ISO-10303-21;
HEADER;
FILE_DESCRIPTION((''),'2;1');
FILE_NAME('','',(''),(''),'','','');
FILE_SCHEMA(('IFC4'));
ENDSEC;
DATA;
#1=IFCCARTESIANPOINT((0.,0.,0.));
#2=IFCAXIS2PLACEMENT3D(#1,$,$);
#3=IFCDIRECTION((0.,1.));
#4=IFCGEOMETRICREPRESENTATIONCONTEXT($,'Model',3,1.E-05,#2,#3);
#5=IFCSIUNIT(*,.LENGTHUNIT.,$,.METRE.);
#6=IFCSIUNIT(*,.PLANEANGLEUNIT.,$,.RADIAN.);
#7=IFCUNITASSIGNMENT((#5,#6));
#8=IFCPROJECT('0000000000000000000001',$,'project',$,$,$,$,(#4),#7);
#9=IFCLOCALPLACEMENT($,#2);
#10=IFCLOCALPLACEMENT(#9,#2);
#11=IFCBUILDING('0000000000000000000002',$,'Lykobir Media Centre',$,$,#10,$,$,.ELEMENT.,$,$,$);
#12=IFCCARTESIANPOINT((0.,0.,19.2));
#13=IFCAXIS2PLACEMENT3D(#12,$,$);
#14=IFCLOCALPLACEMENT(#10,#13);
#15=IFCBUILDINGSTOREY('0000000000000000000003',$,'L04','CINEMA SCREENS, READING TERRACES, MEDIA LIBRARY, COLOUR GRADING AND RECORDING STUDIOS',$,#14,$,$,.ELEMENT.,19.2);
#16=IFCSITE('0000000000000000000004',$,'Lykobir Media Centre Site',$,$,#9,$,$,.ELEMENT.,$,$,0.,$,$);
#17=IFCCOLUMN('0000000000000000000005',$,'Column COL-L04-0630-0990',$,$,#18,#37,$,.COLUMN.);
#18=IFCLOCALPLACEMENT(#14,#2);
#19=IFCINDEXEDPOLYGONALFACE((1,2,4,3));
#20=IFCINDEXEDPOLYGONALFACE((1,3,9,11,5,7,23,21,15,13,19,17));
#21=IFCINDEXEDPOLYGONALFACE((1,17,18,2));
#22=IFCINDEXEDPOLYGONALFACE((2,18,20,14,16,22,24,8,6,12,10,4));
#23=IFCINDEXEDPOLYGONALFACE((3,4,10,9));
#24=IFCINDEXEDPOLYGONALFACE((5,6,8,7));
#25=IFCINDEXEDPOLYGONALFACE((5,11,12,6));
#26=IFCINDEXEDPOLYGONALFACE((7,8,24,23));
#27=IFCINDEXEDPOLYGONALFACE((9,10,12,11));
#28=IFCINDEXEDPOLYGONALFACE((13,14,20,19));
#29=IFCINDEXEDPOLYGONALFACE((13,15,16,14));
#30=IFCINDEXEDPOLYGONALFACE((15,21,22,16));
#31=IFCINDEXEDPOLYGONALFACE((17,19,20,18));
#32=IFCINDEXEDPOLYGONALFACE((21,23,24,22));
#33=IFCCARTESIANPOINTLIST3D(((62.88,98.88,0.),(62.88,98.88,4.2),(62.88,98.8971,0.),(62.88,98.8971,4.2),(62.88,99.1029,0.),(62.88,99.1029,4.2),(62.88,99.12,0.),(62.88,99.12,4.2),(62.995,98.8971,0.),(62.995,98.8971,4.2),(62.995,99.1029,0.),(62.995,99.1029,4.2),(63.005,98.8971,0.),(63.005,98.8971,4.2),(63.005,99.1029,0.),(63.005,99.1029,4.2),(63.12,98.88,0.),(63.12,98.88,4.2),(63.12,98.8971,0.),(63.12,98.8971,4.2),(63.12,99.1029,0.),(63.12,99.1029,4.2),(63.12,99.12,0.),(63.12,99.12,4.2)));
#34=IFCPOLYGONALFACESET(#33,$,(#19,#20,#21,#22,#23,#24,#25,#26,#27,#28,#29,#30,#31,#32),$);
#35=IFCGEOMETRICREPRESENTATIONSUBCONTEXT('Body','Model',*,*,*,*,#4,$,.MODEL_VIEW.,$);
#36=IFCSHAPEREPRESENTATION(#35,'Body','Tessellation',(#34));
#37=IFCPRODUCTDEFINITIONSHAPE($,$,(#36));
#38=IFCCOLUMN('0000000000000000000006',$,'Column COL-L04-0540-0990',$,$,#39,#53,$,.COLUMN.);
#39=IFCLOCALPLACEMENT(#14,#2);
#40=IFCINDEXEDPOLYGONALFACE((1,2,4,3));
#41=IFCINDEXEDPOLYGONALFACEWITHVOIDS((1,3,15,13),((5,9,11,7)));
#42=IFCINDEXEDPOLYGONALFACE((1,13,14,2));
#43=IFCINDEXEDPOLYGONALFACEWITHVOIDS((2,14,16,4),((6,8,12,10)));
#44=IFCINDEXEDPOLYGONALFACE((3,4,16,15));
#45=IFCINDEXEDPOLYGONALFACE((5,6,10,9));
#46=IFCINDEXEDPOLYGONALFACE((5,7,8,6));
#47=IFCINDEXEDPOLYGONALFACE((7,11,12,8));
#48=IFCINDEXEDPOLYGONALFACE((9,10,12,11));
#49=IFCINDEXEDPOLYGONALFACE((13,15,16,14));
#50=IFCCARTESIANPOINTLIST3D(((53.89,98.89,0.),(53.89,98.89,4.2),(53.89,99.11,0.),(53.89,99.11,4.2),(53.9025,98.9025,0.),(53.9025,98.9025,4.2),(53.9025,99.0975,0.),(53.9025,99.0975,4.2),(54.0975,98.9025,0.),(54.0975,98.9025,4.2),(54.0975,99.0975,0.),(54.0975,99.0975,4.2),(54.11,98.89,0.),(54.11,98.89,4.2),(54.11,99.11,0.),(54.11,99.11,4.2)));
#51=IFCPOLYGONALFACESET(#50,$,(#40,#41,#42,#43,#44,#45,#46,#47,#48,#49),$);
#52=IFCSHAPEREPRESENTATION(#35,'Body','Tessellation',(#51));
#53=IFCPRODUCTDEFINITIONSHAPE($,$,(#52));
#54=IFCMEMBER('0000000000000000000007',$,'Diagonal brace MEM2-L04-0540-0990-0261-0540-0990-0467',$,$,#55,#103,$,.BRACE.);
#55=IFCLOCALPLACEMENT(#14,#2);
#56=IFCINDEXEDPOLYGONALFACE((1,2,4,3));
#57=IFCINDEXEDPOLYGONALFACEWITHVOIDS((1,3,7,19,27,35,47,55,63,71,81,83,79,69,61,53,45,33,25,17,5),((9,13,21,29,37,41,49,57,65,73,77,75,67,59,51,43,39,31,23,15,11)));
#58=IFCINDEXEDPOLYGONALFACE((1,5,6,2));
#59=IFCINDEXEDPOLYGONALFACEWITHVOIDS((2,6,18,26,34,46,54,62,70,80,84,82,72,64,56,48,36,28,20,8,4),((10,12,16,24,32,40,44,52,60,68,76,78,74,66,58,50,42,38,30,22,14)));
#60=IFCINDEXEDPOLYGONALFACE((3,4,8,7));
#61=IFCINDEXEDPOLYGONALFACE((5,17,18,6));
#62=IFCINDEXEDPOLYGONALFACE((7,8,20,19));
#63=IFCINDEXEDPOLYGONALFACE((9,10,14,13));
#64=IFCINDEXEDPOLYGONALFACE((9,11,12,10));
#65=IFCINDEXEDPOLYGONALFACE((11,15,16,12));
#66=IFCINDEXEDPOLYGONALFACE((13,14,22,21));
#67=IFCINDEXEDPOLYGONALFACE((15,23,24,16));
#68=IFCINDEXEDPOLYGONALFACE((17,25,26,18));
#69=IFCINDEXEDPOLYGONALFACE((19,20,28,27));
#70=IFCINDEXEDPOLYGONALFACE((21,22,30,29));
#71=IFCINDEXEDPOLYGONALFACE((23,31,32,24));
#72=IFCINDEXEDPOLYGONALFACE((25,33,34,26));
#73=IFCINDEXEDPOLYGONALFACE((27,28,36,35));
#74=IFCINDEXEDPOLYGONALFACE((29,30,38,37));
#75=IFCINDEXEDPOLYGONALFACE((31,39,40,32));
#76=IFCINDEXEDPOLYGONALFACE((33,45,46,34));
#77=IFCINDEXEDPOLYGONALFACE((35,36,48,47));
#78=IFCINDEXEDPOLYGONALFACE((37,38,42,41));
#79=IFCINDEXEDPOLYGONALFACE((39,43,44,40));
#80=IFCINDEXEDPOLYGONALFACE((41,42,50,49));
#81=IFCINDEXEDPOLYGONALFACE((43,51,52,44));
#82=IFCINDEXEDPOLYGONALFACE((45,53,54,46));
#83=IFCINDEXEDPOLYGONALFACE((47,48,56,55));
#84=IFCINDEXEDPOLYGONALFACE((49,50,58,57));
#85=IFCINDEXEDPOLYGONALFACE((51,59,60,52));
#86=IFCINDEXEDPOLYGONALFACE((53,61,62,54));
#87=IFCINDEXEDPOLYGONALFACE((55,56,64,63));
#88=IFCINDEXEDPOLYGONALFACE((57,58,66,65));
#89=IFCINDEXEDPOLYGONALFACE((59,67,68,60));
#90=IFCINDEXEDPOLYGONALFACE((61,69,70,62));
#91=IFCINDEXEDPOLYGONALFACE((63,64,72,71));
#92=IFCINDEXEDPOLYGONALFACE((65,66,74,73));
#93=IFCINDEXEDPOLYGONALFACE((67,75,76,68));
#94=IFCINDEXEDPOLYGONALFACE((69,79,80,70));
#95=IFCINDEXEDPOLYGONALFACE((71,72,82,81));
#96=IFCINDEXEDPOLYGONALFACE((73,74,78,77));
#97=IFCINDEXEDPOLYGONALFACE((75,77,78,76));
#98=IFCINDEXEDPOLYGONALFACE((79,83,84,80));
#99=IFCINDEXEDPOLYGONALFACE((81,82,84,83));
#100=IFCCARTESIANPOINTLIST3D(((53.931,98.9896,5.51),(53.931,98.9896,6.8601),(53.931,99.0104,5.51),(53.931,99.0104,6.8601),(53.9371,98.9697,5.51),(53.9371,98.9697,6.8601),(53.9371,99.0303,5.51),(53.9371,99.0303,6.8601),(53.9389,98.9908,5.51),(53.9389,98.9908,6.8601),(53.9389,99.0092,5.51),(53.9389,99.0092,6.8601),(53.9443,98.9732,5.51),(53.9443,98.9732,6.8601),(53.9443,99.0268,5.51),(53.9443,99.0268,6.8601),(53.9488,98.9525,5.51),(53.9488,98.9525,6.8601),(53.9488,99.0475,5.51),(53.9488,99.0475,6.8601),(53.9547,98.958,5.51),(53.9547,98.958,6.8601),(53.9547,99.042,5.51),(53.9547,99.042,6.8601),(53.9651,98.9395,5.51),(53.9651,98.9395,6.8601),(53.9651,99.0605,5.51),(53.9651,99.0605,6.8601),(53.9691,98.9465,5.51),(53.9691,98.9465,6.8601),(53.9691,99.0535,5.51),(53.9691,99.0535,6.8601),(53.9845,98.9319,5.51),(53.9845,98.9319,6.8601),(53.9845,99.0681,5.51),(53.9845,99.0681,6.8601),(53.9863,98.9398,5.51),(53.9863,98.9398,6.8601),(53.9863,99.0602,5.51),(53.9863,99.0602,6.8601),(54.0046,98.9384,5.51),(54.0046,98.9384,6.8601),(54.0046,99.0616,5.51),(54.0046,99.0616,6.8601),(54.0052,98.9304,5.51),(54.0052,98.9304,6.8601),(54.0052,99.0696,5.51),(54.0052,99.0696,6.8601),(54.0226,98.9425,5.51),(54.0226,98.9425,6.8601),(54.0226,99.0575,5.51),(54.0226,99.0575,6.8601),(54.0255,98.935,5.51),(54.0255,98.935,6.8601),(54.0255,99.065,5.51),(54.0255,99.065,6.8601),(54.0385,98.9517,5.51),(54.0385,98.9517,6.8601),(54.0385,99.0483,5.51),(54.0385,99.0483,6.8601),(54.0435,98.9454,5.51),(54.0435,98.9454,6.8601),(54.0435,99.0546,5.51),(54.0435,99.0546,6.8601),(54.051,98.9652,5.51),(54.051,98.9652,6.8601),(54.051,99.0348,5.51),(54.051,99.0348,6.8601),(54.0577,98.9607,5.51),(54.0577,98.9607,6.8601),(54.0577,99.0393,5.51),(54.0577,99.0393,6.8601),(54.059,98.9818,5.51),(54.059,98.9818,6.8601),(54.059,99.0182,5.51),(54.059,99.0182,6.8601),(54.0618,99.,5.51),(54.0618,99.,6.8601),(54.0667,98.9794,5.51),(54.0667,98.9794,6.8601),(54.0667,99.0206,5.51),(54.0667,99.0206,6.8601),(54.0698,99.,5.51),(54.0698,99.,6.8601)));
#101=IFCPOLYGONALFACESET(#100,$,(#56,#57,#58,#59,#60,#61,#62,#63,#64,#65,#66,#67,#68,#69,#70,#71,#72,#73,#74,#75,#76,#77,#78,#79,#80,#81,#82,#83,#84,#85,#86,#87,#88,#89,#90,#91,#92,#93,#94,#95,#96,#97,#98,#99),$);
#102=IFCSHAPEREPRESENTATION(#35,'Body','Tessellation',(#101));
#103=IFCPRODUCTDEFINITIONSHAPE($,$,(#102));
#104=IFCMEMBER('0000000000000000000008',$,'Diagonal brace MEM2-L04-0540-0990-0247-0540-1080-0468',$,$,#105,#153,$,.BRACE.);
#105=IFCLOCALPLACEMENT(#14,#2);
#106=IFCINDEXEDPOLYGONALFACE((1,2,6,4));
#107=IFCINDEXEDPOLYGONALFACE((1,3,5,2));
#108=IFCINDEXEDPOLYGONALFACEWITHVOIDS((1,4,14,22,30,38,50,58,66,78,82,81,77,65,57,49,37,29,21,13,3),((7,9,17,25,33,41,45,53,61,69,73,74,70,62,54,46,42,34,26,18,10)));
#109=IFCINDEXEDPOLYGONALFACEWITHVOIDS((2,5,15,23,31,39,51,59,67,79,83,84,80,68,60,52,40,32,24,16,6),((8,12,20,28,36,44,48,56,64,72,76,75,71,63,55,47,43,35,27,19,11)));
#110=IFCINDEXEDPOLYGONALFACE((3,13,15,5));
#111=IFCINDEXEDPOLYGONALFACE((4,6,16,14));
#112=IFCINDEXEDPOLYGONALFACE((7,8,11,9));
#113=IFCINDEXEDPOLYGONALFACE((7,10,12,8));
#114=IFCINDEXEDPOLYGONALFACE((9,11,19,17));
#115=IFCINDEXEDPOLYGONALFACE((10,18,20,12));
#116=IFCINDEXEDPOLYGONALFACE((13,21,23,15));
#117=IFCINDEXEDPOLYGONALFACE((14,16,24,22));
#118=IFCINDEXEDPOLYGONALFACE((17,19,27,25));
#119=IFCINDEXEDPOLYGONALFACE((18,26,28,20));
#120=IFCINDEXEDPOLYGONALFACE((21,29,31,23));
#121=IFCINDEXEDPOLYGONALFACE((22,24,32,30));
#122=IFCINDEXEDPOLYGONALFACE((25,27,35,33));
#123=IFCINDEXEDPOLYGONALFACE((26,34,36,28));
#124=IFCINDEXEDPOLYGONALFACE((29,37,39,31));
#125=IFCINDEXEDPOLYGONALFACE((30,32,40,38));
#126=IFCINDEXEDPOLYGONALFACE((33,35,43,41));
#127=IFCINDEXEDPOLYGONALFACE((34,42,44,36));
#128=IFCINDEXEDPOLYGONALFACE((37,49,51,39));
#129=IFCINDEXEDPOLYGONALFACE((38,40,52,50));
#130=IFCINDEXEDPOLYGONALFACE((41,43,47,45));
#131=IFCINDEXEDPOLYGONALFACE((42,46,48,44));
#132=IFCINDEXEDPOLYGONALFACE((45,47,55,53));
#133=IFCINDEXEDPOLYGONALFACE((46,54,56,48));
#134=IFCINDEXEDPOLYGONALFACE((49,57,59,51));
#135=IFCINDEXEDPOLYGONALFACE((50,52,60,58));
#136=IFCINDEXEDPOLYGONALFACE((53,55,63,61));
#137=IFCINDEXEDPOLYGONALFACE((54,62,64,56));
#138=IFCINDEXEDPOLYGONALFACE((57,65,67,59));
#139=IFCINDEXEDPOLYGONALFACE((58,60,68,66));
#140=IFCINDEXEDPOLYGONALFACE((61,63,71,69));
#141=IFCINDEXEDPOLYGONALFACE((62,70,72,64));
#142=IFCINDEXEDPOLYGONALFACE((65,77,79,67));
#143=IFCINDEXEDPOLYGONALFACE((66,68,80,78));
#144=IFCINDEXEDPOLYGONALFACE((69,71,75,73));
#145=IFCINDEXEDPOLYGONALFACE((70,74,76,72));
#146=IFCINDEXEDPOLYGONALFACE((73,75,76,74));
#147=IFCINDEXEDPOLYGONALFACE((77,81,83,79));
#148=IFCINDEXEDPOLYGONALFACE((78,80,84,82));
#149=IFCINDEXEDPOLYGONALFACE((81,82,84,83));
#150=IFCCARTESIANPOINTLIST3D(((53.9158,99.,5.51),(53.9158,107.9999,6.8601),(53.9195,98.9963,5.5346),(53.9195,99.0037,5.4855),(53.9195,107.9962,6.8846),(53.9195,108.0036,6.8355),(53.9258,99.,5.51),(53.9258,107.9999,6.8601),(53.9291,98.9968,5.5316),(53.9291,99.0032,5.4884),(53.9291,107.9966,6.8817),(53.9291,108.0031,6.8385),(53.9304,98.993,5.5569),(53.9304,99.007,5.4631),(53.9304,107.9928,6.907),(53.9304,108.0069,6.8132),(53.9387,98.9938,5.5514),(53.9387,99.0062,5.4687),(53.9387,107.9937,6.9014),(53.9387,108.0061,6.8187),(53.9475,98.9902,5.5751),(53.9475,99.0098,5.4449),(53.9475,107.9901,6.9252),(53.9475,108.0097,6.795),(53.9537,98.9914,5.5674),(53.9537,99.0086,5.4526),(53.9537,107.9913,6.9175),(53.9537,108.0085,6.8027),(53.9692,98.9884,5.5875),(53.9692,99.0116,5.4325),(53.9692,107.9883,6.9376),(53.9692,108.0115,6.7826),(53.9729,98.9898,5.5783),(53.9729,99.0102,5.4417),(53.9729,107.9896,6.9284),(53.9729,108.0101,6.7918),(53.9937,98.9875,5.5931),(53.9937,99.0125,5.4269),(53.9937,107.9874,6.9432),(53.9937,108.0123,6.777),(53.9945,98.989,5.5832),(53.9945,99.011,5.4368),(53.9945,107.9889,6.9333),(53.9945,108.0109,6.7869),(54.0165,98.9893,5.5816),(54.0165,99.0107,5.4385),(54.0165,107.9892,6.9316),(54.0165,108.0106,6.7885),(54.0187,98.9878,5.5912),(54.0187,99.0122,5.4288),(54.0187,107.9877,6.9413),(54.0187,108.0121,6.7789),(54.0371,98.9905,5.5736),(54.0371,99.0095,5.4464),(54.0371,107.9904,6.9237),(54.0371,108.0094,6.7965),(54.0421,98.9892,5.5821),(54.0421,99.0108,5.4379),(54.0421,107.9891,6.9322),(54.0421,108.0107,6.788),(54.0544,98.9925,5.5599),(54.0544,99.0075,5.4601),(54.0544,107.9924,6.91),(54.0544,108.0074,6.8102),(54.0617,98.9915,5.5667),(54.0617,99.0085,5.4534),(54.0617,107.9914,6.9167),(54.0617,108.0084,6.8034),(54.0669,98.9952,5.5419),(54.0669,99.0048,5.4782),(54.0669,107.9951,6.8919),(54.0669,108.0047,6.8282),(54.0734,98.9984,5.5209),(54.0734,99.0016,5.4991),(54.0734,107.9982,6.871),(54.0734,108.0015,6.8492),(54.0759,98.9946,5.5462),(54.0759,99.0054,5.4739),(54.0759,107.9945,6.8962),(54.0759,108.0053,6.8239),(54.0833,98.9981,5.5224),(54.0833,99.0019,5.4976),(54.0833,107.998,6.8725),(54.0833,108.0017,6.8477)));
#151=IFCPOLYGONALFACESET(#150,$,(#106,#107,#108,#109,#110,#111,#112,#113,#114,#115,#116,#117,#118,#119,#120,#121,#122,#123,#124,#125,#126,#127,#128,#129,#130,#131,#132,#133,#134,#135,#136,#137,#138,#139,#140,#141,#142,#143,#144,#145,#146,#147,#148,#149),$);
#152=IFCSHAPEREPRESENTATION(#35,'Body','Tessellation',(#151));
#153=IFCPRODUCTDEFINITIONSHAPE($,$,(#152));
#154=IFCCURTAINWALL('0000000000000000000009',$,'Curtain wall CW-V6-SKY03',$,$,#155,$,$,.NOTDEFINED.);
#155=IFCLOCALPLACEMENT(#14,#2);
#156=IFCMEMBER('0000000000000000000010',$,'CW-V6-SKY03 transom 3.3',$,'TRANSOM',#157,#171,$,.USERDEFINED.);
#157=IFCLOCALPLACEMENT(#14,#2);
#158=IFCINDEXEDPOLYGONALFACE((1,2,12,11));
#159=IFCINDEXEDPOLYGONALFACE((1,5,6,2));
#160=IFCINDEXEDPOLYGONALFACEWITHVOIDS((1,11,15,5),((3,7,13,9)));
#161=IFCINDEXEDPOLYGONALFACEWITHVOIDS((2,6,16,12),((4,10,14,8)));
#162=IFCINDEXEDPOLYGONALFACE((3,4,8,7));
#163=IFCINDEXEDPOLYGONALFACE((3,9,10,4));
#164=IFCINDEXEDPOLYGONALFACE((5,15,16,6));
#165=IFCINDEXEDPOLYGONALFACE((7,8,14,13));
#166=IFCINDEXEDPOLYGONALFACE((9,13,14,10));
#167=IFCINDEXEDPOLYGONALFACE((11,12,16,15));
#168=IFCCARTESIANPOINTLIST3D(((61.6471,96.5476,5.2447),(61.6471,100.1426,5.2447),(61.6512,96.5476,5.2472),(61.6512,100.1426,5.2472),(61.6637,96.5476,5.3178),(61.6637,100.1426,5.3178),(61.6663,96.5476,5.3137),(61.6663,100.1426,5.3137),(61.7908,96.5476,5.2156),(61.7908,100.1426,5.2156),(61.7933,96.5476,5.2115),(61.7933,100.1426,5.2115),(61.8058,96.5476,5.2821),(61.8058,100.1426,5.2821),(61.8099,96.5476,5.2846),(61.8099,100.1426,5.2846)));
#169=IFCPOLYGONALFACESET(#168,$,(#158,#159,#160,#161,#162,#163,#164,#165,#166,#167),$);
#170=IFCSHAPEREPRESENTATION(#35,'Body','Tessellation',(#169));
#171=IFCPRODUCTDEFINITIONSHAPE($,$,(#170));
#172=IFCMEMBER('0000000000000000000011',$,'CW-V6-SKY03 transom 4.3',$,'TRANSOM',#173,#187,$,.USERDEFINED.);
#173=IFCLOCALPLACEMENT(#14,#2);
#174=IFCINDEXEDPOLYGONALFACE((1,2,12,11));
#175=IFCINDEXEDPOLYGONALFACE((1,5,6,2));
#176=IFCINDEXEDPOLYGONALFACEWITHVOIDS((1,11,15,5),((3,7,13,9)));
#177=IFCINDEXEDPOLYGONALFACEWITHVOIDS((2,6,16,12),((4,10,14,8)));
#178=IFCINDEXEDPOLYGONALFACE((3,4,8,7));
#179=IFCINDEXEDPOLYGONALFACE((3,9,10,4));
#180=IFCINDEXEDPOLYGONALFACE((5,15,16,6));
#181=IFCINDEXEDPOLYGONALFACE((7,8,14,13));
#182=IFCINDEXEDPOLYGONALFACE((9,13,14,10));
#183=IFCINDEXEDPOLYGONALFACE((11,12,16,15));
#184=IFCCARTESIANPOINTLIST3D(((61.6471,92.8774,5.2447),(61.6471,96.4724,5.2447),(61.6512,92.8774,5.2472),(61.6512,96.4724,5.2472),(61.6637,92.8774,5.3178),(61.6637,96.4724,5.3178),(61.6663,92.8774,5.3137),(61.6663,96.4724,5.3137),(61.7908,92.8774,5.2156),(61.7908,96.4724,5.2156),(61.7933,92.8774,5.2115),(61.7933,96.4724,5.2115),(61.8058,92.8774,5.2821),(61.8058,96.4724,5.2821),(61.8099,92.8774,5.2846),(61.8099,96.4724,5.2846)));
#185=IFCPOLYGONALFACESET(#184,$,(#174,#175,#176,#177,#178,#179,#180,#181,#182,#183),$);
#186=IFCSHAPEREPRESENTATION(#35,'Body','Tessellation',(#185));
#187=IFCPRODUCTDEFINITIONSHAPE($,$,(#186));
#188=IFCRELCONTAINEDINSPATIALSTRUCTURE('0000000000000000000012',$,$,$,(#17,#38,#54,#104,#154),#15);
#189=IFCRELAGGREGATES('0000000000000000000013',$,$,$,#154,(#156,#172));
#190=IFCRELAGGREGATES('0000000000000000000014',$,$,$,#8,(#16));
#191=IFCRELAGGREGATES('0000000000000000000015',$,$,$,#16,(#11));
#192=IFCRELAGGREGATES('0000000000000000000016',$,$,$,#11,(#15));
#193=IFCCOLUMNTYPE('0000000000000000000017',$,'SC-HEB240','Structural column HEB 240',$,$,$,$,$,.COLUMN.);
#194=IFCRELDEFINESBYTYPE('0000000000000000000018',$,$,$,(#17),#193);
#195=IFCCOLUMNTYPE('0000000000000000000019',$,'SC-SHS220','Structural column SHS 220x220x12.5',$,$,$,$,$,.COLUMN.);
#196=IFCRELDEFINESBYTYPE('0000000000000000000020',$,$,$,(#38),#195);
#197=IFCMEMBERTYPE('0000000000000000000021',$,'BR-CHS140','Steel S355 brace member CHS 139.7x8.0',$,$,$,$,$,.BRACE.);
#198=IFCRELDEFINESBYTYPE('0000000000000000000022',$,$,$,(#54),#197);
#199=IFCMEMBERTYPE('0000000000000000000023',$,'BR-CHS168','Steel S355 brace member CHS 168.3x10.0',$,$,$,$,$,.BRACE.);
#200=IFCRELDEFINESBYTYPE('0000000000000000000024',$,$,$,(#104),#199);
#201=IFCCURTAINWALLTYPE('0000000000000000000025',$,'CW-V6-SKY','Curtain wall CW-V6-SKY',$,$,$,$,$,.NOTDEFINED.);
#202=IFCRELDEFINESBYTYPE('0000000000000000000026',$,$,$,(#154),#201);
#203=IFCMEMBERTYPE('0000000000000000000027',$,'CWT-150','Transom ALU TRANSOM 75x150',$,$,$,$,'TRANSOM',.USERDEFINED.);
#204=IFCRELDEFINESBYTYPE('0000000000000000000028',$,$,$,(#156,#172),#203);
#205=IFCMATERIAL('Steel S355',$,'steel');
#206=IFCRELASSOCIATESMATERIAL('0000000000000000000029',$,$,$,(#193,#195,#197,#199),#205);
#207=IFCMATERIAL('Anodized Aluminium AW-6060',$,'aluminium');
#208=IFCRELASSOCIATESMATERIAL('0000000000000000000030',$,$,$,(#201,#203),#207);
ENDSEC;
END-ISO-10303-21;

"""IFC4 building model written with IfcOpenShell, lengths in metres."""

from ifc_helpers import new_model, si_unit, direction, frame, origin, origin_2d, place, context, subcontext, project, spatial, hollow_rectangle, hollow_circle, i_section, extrude, material, material_profile, profile_set, type_object, element, aggregate, save


model = new_model("IFC4")

# Units and contexts
model_context = context("Model", 3, precision=1e-05, world=origin(), true_north=direction((0.0, 1.0)))
body_context = subcontext(model_context, "Body", "Model", "MODEL_VIEW")
ifc_project = project(units=[si_unit("LENGTHUNIT", "METRE"), si_unit("PLANEANGLEUNIT", "RADIAN")], contexts=[model_context])

# Site, building, storey
site_placement = place(None, origin())
site = spatial("IfcSite", under=ifc_project, at=site_placement, Name="Lykobir Media Centre Site", CompositionType="ELEMENT", RefElevation=0.0)
building_placement = place(site_placement, origin())
building = spatial("IfcBuilding", under=site, at=building_placement, Name="Lykobir Media Centre", CompositionType="ELEMENT")
storey_placement = place(building_placement, frame((0.0, 0.0, 19.2)))
storey = spatial("IfcBuildingStorey", under=building, at=storey_placement, Name="L04", Description="CINEMA SCREENS, READING TERRACES, MEDIA LIBRARY, COLOUR GRADING AND RECORDING STUDIOS", CompositionType="ELEMENT", Elevation=19.2)

# Columns
ifc_material_1 = material(Name="Steel S355", Category="steel")
ifc_material_profile_1 = material_profile(ifc_material_1, i_section(OverallWidth=0.24, OverallDepth=0.24, WebThickness=0.01, FlangeThickness=0.0171, at=origin_2d()), Name="HEB 240")
ifc_profile_set_1 = profile_set([ifc_material_profile_1], Name="Steel S355")
column_type_1 = type_object("IfcColumnType", Name="SC-HEB240", Description="Structural column HEB 240", PredefinedType="COLUMN", material=ifc_profile_set_1)
column_1_placement = place(storey_placement, frame((63.0, 99.0, 0.0), z_axis=(0.0, 0.0, 1.0), x_axis=(1.0, 0.0, 0.0)))
element("IfcColumn", 1, at=column_1_placement, inside=storey, type_object=column_type_1, Name="Column COL-L04-0630-0990", PredefinedType="COLUMN", context=body_context, shape_type="SweptSolid", body=[
    extrude(i_section(OverallWidth=0.24, OverallDepth=0.24, WebThickness=0.01, FlangeThickness=0.0171, at=origin_2d()), origin(), (0.0, 0.0, 1.0), 4.2),
])
ifc_material_profile_2 = material_profile(ifc_material_1, hollow_rectangle(XDim=0.22, YDim=0.22, WallThickness=0.0125, at=origin_2d()), Name="SHS 220x220x12.5")
ifc_profile_set_2 = profile_set([ifc_material_profile_2], Name="Steel S355")
column_type_2 = type_object("IfcColumnType", Name="SC-SHS220", Description="Structural column SHS 220x220x12.5", PredefinedType="COLUMN", material=ifc_profile_set_2)
column_2_placement = place(storey_placement, frame((54.0, 99.0, 0.0), z_axis=(0.0, 0.0, 1.0), x_axis=(1.0, 0.0, 0.0)))
element("IfcColumn", 2, at=column_2_placement, inside=storey, type_object=column_type_2, Name="Column COL-L04-0540-0990", PredefinedType="COLUMN", context=body_context, shape_type="SweptSolid", body=[
    extrude(hollow_rectangle(XDim=0.22, YDim=0.22, WallThickness=0.0125, at=origin_2d()), origin(), (0.0, 0.0, 1.0), 4.2),
])

# Members
ifc_material_profile_3 = material_profile(ifc_material_1, hollow_circle(Radius=0.0698, WallThickness=0.0081, at=origin_2d()), Name="CHS 139.7x8.0")
ifc_profile_set_3 = profile_set([ifc_material_profile_3], Name="Steel S355")
member_type_1 = type_object("IfcMemberType", Name="BR-CHS140", Description="Steel S355 brace member CHS 139.7x8.0", PredefinedType="BRACE", material=ifc_profile_set_3)
member_1_placement = place(storey_placement, frame((54.0, 99.0, 6.8601), z_axis=(0.0, 0.0, -1.0), x_axis=(1.0, 0.0, 0.0)))
element("IfcMember", 3, at=member_1_placement, inside=storey, type_object=member_type_1, Name="Diagonal brace MEM2-L04-0540-0990-0261-0540-0990-0467", PredefinedType="BRACE", context=body_context, shape_type="SweptSolid", body=[
    extrude(hollow_circle(Radius=0.0698, WallThickness=0.0081, at=origin_2d()), origin(), (0.0, 0.0, 1.0), 1.3501),
])
ifc_material_profile_4 = material_profile(ifc_material_1, hollow_circle(Radius=0.0842, WallThickness=0.01, at=origin_2d()), Name="CHS 168.3x10.0")
ifc_profile_set_4 = profile_set([ifc_material_profile_4], Name="Steel S355")
member_type_2 = type_object("IfcMemberType", Name="BR-CHS168", Description="Steel S355 brace member CHS 168.3x10.0", PredefinedType="BRACE", material=ifc_profile_set_4)
member_2_placement = place(storey_placement, frame((54.0, 99.0, 5.51), z_axis=(0.0, 0.988935, 0.148351), x_axis=(-1.0, 0.0, 0.0)))
element("IfcMember", 4, at=member_2_placement, inside=storey, type_object=member_type_2, Name="Diagonal brace MEM2-L04-0540-0990-0247-0540-1080-0468", PredefinedType="BRACE", context=body_context, shape_type="SweptSolid", body=[
    extrude(hollow_circle(Radius=0.0842, WallThickness=0.01, at=origin_2d()), origin(), (0.0, 0.0, 1.0), 9.1006),
])

# Curtain wall, members
ifc_material_2 = material(Name="Anodized Aluminium AW-6060", Category="aluminium")
curtain_wall_type = type_object("IfcCurtainWallType", Name="CW-V6-SKY", Description="Curtain wall CW-V6-SKY", PredefinedType="NOTDEFINED", material=ifc_material_2)
curtain_wall_1_placement = place(storey_placement, origin())
curtain_wall_1 = element("IfcCurtainWall", 5, at=curtain_wall_1_placement, inside=storey, type_object=curtain_wall_type, Name="Curtain wall CW-V6-SKY03", PredefinedType="NOTDEFINED")
ifc_material_profile_5 = material_profile(ifc_material_2, hollow_rectangle(XDim=0.075, YDim=0.1499, WallThickness=0.0034, at=origin_2d()), Name="ALU TRANSOM 75x150")
ifc_profile_set_5 = profile_set([ifc_material_profile_5], Name="Anodized Aluminium AW-6060")
member_type_3 = type_object("IfcMemberType", Name="CWT-150", Description="Transom ALU TRANSOM 75x150", ElementType="TRANSOM", PredefinedType="USERDEFINED", material=ifc_profile_set_5)
member_3_placement = place(storey_placement, frame((61.7285, 100.1426, 5.2646), z_axis=(0.0, -1.0, 0.0), x_axis=(0.221055, 0.0, 0.975261)))
member_3 = element("IfcMember", 6, at=member_3_placement, type_object=member_type_3, Name="CW-V6-SKY03 transom 3.3", ObjectType="TRANSOM", PredefinedType="USERDEFINED", context=body_context, shape_type="SweptSolid", body=[
    extrude(hollow_rectangle(XDim=0.075, YDim=0.1499, WallThickness=0.0034, at=origin_2d()), origin(), (0.0, 0.0, 1.0), 3.595),
])
member_4_placement = place(storey_placement, frame((61.7285, 96.4724, 5.2646), z_axis=(0.0, -1.0, 0.0), x_axis=(0.221055, 0.0, 0.975261)))
member_4 = element("IfcMember", 7, at=member_4_placement, type_object=member_type_3, Name="CW-V6-SKY03 transom 4.3", ObjectType="TRANSOM", PredefinedType="USERDEFINED", context=body_context, shape_type="SweptSolid", body=[
    extrude(hollow_rectangle(XDim=0.075, YDim=0.1499, WallThickness=0.0034, at=origin_2d()), origin(), (0.0, 0.0, 1.0), 3.595),
])
aggregate(curtain_wall_1, [member_3, member_4])

save(model, "model.ifc")
